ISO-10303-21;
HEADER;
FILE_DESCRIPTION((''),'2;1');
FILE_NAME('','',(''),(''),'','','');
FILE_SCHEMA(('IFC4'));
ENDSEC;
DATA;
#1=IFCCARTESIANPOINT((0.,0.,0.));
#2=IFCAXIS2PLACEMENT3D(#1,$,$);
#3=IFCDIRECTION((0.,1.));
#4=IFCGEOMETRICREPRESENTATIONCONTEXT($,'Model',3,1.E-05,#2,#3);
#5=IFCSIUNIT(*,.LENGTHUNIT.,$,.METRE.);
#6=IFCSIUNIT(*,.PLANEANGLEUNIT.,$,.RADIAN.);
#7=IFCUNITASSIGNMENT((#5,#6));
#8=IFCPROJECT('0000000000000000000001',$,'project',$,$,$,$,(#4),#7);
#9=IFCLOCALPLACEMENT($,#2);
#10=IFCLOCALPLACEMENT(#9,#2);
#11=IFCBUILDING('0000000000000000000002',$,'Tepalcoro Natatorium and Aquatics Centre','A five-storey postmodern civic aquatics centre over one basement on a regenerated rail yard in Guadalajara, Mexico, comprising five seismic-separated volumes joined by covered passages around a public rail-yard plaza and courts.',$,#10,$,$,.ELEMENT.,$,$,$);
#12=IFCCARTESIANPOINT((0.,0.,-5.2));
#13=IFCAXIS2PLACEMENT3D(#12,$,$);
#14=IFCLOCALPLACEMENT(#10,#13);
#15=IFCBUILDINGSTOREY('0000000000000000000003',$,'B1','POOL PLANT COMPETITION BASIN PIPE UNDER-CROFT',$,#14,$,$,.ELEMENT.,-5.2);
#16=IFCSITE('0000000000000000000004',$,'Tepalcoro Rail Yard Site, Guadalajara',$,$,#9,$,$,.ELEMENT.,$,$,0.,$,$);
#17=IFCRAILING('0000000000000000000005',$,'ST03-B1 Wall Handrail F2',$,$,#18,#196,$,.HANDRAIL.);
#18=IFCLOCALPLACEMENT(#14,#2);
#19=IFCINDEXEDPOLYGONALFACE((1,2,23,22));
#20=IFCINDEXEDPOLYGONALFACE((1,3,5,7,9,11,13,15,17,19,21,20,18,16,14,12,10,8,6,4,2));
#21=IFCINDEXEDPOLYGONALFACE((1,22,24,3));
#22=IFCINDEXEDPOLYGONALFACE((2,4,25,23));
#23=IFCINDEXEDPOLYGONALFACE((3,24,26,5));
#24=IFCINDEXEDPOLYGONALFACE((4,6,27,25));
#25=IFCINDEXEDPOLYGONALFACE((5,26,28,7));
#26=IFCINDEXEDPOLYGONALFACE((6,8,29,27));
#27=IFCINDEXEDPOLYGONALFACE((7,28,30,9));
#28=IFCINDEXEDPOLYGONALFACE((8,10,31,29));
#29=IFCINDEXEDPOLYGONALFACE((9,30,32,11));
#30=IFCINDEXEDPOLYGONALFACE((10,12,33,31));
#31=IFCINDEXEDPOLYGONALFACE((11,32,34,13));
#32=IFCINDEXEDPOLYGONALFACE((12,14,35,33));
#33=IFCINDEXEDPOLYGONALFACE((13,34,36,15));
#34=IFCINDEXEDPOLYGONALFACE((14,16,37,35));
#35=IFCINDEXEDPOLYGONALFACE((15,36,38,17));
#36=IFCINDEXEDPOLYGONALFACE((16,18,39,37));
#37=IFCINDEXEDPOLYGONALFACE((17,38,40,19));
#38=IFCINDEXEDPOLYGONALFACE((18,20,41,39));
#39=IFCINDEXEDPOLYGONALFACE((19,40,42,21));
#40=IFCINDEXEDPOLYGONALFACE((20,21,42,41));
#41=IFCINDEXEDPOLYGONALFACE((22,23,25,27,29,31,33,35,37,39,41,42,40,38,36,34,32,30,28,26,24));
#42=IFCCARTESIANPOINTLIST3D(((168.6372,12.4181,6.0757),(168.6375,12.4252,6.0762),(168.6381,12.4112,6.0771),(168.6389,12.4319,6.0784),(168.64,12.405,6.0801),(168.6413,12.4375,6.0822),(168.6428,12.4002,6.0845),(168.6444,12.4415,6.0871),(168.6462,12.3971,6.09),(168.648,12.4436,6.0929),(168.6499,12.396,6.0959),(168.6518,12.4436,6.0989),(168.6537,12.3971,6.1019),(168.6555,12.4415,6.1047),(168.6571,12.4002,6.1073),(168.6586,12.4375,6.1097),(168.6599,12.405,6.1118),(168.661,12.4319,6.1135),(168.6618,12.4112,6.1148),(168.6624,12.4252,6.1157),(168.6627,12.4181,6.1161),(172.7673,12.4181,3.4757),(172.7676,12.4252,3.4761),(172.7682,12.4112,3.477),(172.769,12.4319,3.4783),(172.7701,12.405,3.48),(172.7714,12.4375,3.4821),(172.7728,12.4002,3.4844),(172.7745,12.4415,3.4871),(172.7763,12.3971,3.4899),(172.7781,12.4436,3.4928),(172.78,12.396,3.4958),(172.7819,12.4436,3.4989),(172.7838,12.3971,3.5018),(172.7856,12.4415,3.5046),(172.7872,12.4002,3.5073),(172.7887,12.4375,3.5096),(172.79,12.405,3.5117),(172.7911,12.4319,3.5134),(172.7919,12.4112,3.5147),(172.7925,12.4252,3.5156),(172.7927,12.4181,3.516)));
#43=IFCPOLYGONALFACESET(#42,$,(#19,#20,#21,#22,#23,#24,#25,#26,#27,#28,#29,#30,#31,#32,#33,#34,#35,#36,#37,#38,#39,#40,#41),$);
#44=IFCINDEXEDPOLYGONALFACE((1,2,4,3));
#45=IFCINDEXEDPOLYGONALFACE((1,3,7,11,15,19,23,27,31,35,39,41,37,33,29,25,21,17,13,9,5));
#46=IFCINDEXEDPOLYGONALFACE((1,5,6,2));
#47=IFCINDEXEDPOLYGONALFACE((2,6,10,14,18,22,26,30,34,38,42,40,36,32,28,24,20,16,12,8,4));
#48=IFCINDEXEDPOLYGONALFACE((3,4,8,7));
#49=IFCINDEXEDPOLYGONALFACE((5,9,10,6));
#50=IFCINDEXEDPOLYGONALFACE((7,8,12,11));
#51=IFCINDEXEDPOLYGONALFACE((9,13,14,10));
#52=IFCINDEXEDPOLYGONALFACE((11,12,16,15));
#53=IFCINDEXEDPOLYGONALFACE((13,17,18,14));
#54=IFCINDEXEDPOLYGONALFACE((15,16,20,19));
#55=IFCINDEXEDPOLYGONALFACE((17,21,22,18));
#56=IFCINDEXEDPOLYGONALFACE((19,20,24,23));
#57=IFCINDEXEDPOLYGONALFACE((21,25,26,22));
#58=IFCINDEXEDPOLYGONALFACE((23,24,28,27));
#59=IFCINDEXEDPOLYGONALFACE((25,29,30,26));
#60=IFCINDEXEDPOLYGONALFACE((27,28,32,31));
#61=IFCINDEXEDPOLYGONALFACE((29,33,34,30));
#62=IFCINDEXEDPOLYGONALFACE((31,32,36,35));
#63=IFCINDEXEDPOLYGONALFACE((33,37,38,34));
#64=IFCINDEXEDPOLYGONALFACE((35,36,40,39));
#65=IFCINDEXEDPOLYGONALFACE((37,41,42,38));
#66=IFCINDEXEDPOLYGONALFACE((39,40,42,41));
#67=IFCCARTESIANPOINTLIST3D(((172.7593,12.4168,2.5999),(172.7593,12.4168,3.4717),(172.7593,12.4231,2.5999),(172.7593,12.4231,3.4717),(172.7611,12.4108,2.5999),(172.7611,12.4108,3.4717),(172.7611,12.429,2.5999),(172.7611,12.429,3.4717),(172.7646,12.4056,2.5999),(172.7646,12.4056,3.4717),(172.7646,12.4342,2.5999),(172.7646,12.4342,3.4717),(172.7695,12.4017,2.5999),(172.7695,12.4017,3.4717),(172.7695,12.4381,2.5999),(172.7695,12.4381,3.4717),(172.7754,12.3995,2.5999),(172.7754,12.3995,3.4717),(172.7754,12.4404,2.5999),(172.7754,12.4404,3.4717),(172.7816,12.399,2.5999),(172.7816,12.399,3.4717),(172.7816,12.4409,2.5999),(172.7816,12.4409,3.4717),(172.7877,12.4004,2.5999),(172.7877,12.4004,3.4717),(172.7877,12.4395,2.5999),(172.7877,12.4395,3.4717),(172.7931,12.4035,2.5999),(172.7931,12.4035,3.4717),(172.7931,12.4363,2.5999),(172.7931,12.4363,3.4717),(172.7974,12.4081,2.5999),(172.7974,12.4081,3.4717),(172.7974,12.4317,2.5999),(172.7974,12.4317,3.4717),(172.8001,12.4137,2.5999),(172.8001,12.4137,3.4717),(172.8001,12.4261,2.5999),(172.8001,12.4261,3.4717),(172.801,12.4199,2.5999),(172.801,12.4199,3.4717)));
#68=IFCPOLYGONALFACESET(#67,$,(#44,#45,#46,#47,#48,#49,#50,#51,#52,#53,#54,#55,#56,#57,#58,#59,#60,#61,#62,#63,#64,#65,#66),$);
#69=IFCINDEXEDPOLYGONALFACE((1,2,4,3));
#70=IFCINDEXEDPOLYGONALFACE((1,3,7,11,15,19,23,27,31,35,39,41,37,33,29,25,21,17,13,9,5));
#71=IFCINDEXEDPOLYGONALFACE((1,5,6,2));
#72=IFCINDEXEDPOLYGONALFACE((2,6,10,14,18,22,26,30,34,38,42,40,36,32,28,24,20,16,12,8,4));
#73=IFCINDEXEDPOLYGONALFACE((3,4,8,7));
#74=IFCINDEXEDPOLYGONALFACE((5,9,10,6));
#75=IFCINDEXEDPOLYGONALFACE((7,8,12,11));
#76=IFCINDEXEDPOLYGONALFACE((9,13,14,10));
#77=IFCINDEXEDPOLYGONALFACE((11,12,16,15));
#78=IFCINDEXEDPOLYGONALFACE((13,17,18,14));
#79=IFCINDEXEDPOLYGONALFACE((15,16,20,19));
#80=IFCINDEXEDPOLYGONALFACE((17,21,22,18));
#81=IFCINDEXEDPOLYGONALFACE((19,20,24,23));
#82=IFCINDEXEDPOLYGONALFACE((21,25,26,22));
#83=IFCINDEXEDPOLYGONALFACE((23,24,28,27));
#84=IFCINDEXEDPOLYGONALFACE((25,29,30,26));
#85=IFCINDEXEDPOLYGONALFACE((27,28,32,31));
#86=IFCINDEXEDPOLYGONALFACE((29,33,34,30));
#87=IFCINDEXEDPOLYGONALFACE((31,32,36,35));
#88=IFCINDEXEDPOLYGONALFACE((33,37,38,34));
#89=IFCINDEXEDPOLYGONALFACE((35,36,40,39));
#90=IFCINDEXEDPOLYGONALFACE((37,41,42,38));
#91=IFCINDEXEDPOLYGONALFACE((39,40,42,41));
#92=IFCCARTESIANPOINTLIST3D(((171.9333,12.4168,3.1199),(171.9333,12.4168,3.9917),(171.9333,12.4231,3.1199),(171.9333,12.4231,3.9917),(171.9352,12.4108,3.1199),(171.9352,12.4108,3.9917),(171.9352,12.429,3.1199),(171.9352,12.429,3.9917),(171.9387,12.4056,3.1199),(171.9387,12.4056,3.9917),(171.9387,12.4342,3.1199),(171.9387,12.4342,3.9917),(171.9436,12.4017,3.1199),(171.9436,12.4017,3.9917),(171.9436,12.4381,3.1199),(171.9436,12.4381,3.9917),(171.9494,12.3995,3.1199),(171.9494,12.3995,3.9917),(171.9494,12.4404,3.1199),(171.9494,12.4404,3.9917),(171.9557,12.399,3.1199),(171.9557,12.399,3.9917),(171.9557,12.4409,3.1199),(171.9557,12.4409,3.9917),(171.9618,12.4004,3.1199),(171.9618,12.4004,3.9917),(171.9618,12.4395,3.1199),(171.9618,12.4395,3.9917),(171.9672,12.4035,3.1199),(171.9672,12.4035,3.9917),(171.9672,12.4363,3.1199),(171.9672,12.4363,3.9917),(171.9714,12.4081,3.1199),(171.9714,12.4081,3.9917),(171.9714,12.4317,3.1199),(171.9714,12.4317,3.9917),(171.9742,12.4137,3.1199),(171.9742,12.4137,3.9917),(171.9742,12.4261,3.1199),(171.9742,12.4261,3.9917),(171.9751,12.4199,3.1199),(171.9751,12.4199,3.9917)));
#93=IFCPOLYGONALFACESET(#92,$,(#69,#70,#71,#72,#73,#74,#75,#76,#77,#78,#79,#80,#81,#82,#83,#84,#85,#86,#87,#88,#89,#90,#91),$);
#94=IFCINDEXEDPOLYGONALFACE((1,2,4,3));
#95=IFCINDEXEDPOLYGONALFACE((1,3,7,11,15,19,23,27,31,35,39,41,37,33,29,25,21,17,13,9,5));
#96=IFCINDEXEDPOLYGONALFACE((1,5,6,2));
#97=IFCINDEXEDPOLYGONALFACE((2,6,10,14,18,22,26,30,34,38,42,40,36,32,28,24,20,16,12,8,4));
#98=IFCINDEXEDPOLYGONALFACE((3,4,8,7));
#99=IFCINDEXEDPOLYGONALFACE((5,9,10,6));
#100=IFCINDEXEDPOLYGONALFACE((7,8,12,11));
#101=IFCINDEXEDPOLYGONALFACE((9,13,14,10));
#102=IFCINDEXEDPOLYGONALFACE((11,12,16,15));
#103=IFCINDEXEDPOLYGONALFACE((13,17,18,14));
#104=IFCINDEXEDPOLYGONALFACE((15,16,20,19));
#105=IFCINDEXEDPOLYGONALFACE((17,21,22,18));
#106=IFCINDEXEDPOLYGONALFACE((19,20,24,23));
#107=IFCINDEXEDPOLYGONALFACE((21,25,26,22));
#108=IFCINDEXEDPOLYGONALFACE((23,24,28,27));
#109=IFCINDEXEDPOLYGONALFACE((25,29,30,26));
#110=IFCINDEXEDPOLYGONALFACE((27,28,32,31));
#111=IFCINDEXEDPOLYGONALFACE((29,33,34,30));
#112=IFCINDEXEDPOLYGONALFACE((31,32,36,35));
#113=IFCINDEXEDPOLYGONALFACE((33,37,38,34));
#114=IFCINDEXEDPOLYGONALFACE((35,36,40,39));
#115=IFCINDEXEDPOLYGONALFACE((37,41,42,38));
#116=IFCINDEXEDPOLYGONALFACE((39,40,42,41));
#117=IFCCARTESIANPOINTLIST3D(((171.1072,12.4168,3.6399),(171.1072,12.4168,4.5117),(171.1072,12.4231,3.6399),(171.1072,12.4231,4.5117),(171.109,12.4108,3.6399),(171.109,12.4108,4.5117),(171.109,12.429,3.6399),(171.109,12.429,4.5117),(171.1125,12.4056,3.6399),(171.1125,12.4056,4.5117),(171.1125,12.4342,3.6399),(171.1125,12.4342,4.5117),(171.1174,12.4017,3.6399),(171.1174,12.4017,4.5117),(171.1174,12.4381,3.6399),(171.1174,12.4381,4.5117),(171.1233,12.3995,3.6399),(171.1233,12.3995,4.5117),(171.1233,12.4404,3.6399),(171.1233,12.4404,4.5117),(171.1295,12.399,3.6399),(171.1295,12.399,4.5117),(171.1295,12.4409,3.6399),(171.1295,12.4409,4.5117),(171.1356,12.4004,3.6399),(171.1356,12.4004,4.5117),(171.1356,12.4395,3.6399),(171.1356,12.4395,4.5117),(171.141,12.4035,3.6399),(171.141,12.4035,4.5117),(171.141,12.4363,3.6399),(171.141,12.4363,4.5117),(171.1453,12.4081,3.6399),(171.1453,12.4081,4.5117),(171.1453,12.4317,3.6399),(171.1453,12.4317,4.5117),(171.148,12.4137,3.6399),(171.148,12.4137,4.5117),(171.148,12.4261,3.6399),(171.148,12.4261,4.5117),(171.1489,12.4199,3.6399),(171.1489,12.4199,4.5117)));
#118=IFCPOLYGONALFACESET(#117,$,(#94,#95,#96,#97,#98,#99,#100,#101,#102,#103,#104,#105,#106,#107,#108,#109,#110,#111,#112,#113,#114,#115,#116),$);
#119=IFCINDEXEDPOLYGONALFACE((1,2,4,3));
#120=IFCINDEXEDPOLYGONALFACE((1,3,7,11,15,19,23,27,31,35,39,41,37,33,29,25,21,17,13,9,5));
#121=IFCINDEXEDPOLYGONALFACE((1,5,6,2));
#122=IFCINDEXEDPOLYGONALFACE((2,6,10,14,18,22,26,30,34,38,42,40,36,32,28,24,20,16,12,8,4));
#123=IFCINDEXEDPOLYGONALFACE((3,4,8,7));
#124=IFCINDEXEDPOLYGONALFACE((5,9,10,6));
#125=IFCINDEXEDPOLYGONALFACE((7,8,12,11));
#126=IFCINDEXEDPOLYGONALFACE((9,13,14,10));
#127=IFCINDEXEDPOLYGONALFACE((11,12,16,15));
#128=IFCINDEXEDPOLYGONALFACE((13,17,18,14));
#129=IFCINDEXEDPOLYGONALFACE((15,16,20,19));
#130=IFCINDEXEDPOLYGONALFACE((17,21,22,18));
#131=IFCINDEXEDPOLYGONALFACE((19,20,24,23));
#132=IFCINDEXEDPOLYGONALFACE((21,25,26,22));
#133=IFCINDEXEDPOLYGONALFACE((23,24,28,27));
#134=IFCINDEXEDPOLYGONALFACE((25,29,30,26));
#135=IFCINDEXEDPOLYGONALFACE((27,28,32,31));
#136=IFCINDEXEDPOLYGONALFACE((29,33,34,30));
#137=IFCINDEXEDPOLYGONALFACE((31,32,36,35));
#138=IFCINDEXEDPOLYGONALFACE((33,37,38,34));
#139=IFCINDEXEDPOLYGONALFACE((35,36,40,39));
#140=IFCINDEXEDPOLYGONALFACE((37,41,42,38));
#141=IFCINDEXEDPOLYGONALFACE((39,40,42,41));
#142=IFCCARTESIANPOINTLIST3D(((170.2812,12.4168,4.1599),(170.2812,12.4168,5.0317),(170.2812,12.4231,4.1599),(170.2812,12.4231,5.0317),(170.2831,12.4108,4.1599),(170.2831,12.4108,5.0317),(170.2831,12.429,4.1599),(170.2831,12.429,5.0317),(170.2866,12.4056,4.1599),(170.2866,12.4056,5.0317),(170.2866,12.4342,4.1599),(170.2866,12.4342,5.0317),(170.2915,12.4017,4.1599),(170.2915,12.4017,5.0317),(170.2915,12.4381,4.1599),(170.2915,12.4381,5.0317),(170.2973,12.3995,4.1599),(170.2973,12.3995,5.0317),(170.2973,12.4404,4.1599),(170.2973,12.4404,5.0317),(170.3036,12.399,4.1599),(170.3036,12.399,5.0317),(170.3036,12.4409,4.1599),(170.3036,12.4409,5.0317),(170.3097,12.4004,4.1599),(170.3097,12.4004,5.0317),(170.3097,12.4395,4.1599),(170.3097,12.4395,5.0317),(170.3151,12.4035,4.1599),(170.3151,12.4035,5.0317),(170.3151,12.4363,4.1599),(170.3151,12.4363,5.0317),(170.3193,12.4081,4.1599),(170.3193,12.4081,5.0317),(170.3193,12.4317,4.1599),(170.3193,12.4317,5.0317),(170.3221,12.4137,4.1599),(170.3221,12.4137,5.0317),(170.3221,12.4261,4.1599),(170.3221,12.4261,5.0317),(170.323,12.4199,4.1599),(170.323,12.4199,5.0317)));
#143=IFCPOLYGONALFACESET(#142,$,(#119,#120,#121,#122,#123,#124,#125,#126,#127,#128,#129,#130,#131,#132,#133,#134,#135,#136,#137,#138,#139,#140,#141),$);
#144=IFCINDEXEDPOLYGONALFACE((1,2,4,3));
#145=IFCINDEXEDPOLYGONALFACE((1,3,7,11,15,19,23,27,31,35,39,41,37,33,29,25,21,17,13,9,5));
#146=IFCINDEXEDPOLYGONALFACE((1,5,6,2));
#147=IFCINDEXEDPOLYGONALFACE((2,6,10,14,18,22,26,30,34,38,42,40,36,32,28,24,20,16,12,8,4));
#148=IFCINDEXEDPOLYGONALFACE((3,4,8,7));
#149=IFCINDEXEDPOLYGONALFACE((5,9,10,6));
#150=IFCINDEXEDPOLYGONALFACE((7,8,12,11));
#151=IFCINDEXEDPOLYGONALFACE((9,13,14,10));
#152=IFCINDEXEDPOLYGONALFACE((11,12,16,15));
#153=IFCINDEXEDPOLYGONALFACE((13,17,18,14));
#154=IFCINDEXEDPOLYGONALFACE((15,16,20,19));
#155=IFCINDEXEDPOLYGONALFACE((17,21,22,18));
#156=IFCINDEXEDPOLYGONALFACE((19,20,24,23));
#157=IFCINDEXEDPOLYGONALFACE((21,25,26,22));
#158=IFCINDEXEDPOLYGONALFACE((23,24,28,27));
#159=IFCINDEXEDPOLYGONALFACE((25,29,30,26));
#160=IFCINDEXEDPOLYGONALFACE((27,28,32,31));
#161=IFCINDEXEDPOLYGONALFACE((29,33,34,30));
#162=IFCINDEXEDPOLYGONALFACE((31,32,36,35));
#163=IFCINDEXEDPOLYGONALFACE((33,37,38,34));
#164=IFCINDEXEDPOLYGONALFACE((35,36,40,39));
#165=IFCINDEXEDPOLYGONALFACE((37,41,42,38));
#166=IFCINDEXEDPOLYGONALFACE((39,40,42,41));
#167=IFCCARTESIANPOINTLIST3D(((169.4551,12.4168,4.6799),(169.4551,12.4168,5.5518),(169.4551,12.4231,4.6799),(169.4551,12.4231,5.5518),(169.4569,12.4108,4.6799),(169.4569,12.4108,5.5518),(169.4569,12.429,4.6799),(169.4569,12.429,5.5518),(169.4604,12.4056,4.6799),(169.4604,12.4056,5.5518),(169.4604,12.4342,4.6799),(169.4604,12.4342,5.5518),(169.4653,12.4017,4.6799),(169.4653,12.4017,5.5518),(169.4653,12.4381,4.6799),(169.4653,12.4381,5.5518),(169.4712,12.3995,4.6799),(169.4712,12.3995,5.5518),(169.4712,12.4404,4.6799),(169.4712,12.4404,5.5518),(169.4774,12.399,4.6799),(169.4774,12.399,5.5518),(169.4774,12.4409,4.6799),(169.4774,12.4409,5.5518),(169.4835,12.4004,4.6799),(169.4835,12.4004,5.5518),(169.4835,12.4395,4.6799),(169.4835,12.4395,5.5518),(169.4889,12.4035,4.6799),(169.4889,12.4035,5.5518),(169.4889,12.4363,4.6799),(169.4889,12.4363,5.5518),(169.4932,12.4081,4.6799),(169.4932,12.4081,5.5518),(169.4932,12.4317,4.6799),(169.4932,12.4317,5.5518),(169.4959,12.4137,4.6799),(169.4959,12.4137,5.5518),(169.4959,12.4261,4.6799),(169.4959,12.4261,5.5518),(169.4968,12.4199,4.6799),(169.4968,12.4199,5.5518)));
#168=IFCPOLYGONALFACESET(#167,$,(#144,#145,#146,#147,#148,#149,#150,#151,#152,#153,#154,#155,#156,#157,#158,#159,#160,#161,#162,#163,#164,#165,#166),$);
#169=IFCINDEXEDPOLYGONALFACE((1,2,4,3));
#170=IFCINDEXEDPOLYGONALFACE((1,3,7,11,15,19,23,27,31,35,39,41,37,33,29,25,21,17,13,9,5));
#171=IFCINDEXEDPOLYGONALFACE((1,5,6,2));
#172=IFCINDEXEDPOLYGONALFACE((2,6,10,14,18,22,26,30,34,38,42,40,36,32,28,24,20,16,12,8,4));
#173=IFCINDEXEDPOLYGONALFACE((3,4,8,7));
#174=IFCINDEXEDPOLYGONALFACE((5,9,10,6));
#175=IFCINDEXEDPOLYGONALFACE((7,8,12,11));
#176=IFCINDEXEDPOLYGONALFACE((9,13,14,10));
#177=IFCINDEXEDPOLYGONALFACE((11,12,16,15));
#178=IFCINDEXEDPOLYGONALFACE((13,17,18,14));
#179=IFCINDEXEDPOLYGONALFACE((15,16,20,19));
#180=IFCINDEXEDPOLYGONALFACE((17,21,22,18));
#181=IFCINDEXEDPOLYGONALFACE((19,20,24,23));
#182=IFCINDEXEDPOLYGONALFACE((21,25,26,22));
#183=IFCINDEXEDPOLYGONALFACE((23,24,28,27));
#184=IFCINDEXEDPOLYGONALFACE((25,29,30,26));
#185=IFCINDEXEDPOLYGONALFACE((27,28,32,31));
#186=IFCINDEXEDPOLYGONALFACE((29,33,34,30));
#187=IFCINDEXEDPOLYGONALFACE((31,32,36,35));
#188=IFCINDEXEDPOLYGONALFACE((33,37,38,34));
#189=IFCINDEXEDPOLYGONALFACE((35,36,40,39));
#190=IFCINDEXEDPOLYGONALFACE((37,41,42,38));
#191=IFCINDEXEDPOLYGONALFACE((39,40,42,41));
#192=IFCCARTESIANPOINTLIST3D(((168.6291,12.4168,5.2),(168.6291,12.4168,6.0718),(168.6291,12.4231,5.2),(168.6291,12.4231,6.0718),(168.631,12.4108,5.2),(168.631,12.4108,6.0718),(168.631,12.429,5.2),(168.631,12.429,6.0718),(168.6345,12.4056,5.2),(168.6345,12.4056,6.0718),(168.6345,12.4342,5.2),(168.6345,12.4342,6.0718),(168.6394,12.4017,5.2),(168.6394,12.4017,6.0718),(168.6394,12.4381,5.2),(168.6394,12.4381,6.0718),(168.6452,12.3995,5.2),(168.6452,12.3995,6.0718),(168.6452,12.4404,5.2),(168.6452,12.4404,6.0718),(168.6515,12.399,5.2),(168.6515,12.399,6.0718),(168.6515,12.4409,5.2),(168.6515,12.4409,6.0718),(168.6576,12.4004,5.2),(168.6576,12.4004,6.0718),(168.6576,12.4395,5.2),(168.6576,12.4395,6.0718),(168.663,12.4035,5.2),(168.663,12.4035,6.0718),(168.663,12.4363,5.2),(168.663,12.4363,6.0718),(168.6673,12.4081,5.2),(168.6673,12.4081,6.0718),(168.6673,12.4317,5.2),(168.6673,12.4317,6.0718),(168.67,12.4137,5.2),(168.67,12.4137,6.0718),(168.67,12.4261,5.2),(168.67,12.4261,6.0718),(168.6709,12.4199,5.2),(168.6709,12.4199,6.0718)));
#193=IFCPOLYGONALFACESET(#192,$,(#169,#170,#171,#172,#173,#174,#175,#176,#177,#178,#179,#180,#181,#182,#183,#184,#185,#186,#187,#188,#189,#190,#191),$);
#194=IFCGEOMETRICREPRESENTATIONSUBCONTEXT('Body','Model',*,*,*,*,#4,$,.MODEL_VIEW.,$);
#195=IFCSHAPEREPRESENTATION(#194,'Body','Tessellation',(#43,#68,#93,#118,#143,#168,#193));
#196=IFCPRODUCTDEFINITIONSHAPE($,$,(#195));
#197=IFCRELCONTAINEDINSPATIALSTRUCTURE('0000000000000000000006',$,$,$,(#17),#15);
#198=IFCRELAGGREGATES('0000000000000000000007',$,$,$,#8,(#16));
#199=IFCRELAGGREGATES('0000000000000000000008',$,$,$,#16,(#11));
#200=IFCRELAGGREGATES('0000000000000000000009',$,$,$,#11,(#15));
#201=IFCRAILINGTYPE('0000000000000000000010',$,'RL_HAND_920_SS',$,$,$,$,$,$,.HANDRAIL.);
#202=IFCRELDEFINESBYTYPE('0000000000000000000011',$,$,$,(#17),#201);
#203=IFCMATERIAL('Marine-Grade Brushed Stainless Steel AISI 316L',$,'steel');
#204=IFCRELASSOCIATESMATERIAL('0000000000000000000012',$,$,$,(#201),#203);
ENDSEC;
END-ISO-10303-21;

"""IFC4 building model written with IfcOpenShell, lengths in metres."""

from ifc_helpers import new_model, si_unit, direction, frame, origin, origin_2d, place, context, subcontext, project, spatial, circle, extrude, material, type_object, element, save


model = new_model("IFC4")

# Units and contexts
model_context = context("Model", 3, precision=1e-05, world=origin(), true_north=direction((0.0, 1.0)))
body_context = subcontext(model_context, "Body", "Model", "MODEL_VIEW")
ifc_project = project(units=[si_unit("LENGTHUNIT", "METRE"), si_unit("PLANEANGLEUNIT", "RADIAN")], contexts=[model_context])

# Site, building, storey
site_placement = place(None, origin())
site = spatial("IfcSite", under=ifc_project, at=site_placement, Name="Tepalcoro Rail Yard Site, Guadalajara", CompositionType="ELEMENT", RefElevation=0.0)
building_placement = place(site_placement, origin())
building = spatial("IfcBuilding", under=site, at=building_placement, Name="Tepalcoro Natatorium and Aquatics Centre", Description="A five-storey postmodern civic aquatics centre over one basement on a regenerated rail yard in Guadalajara, Mexico, comprising five seismic-separated volumes joined by covered passages around a public rail-yard plaza and courts.", CompositionType="ELEMENT")
storey_placement = place(building_placement, frame((0.0, 0.0, -5.2)))
storey = spatial("IfcBuildingStorey", under=building, at=storey_placement, Name="B1", Description="POOL PLANT COMPETITION BASIN PIPE UNDER-CROFT", CompositionType="ELEMENT", Elevation=-5.2)

# Railing
ifc_material_1 = material(Name="Marine-Grade Brushed Stainless Steel AISI 316L", Category="steel")
railing_type_1 = type_object("IfcRailingType", Name="RL_HAND_920_SS", PredefinedType="HANDRAIL", material=ifc_material_1)
railing_1_placement = place(storey_placement, frame((172.78, 12.4199, 2.5999)))
element("IfcRailing", 1, at=railing_1_placement, inside=storey, type_object=railing_type_1, Name="ST03-B1 Wall Handrail F2", PredefinedType="HANDRAIL", context=body_context, shape_type="SweptSolid", body=[
    extrude(circle(Radius=0.0239, at=origin_2d()), frame((0.0, 0.0, 0.896), z_axis=(-0.846265, 0.0, 0.532762), x_axis=(0.0, -1.0, 0.0)), (0.0, 0.0, 1.0), 4.8804),
    extrude(circle(Radius=0.021, at=origin_2d()), origin(), (0.0, 0.0, 1.0), 0.8718),
    extrude(circle(Radius=0.021, at=origin_2d()), frame((-0.8259, 0.0, 0.52)), (0.0, 0.0, 1.0), 0.8718),
    extrude(circle(Radius=0.021, at=origin_2d()), frame((-1.6521, 0.0, 1.04)), (0.0, 0.0, 1.0), 0.8718),
    extrude(circle(Radius=0.021, at=origin_2d()), frame((-2.478, 0.0, 1.5601)), (0.0, 0.0, 1.0), 0.8718),
    extrude(circle(Radius=0.021, at=origin_2d()), frame((-3.3042, 0.0, 2.0801)), (0.0, 0.0, 1.0), 0.8718),
    extrude(circle(Radius=0.021, at=origin_2d()), frame((-4.1301, 0.0, 2.6001)), (0.0, 0.0, 1.0), 0.8718),
])

save(model, "model.ifc")
